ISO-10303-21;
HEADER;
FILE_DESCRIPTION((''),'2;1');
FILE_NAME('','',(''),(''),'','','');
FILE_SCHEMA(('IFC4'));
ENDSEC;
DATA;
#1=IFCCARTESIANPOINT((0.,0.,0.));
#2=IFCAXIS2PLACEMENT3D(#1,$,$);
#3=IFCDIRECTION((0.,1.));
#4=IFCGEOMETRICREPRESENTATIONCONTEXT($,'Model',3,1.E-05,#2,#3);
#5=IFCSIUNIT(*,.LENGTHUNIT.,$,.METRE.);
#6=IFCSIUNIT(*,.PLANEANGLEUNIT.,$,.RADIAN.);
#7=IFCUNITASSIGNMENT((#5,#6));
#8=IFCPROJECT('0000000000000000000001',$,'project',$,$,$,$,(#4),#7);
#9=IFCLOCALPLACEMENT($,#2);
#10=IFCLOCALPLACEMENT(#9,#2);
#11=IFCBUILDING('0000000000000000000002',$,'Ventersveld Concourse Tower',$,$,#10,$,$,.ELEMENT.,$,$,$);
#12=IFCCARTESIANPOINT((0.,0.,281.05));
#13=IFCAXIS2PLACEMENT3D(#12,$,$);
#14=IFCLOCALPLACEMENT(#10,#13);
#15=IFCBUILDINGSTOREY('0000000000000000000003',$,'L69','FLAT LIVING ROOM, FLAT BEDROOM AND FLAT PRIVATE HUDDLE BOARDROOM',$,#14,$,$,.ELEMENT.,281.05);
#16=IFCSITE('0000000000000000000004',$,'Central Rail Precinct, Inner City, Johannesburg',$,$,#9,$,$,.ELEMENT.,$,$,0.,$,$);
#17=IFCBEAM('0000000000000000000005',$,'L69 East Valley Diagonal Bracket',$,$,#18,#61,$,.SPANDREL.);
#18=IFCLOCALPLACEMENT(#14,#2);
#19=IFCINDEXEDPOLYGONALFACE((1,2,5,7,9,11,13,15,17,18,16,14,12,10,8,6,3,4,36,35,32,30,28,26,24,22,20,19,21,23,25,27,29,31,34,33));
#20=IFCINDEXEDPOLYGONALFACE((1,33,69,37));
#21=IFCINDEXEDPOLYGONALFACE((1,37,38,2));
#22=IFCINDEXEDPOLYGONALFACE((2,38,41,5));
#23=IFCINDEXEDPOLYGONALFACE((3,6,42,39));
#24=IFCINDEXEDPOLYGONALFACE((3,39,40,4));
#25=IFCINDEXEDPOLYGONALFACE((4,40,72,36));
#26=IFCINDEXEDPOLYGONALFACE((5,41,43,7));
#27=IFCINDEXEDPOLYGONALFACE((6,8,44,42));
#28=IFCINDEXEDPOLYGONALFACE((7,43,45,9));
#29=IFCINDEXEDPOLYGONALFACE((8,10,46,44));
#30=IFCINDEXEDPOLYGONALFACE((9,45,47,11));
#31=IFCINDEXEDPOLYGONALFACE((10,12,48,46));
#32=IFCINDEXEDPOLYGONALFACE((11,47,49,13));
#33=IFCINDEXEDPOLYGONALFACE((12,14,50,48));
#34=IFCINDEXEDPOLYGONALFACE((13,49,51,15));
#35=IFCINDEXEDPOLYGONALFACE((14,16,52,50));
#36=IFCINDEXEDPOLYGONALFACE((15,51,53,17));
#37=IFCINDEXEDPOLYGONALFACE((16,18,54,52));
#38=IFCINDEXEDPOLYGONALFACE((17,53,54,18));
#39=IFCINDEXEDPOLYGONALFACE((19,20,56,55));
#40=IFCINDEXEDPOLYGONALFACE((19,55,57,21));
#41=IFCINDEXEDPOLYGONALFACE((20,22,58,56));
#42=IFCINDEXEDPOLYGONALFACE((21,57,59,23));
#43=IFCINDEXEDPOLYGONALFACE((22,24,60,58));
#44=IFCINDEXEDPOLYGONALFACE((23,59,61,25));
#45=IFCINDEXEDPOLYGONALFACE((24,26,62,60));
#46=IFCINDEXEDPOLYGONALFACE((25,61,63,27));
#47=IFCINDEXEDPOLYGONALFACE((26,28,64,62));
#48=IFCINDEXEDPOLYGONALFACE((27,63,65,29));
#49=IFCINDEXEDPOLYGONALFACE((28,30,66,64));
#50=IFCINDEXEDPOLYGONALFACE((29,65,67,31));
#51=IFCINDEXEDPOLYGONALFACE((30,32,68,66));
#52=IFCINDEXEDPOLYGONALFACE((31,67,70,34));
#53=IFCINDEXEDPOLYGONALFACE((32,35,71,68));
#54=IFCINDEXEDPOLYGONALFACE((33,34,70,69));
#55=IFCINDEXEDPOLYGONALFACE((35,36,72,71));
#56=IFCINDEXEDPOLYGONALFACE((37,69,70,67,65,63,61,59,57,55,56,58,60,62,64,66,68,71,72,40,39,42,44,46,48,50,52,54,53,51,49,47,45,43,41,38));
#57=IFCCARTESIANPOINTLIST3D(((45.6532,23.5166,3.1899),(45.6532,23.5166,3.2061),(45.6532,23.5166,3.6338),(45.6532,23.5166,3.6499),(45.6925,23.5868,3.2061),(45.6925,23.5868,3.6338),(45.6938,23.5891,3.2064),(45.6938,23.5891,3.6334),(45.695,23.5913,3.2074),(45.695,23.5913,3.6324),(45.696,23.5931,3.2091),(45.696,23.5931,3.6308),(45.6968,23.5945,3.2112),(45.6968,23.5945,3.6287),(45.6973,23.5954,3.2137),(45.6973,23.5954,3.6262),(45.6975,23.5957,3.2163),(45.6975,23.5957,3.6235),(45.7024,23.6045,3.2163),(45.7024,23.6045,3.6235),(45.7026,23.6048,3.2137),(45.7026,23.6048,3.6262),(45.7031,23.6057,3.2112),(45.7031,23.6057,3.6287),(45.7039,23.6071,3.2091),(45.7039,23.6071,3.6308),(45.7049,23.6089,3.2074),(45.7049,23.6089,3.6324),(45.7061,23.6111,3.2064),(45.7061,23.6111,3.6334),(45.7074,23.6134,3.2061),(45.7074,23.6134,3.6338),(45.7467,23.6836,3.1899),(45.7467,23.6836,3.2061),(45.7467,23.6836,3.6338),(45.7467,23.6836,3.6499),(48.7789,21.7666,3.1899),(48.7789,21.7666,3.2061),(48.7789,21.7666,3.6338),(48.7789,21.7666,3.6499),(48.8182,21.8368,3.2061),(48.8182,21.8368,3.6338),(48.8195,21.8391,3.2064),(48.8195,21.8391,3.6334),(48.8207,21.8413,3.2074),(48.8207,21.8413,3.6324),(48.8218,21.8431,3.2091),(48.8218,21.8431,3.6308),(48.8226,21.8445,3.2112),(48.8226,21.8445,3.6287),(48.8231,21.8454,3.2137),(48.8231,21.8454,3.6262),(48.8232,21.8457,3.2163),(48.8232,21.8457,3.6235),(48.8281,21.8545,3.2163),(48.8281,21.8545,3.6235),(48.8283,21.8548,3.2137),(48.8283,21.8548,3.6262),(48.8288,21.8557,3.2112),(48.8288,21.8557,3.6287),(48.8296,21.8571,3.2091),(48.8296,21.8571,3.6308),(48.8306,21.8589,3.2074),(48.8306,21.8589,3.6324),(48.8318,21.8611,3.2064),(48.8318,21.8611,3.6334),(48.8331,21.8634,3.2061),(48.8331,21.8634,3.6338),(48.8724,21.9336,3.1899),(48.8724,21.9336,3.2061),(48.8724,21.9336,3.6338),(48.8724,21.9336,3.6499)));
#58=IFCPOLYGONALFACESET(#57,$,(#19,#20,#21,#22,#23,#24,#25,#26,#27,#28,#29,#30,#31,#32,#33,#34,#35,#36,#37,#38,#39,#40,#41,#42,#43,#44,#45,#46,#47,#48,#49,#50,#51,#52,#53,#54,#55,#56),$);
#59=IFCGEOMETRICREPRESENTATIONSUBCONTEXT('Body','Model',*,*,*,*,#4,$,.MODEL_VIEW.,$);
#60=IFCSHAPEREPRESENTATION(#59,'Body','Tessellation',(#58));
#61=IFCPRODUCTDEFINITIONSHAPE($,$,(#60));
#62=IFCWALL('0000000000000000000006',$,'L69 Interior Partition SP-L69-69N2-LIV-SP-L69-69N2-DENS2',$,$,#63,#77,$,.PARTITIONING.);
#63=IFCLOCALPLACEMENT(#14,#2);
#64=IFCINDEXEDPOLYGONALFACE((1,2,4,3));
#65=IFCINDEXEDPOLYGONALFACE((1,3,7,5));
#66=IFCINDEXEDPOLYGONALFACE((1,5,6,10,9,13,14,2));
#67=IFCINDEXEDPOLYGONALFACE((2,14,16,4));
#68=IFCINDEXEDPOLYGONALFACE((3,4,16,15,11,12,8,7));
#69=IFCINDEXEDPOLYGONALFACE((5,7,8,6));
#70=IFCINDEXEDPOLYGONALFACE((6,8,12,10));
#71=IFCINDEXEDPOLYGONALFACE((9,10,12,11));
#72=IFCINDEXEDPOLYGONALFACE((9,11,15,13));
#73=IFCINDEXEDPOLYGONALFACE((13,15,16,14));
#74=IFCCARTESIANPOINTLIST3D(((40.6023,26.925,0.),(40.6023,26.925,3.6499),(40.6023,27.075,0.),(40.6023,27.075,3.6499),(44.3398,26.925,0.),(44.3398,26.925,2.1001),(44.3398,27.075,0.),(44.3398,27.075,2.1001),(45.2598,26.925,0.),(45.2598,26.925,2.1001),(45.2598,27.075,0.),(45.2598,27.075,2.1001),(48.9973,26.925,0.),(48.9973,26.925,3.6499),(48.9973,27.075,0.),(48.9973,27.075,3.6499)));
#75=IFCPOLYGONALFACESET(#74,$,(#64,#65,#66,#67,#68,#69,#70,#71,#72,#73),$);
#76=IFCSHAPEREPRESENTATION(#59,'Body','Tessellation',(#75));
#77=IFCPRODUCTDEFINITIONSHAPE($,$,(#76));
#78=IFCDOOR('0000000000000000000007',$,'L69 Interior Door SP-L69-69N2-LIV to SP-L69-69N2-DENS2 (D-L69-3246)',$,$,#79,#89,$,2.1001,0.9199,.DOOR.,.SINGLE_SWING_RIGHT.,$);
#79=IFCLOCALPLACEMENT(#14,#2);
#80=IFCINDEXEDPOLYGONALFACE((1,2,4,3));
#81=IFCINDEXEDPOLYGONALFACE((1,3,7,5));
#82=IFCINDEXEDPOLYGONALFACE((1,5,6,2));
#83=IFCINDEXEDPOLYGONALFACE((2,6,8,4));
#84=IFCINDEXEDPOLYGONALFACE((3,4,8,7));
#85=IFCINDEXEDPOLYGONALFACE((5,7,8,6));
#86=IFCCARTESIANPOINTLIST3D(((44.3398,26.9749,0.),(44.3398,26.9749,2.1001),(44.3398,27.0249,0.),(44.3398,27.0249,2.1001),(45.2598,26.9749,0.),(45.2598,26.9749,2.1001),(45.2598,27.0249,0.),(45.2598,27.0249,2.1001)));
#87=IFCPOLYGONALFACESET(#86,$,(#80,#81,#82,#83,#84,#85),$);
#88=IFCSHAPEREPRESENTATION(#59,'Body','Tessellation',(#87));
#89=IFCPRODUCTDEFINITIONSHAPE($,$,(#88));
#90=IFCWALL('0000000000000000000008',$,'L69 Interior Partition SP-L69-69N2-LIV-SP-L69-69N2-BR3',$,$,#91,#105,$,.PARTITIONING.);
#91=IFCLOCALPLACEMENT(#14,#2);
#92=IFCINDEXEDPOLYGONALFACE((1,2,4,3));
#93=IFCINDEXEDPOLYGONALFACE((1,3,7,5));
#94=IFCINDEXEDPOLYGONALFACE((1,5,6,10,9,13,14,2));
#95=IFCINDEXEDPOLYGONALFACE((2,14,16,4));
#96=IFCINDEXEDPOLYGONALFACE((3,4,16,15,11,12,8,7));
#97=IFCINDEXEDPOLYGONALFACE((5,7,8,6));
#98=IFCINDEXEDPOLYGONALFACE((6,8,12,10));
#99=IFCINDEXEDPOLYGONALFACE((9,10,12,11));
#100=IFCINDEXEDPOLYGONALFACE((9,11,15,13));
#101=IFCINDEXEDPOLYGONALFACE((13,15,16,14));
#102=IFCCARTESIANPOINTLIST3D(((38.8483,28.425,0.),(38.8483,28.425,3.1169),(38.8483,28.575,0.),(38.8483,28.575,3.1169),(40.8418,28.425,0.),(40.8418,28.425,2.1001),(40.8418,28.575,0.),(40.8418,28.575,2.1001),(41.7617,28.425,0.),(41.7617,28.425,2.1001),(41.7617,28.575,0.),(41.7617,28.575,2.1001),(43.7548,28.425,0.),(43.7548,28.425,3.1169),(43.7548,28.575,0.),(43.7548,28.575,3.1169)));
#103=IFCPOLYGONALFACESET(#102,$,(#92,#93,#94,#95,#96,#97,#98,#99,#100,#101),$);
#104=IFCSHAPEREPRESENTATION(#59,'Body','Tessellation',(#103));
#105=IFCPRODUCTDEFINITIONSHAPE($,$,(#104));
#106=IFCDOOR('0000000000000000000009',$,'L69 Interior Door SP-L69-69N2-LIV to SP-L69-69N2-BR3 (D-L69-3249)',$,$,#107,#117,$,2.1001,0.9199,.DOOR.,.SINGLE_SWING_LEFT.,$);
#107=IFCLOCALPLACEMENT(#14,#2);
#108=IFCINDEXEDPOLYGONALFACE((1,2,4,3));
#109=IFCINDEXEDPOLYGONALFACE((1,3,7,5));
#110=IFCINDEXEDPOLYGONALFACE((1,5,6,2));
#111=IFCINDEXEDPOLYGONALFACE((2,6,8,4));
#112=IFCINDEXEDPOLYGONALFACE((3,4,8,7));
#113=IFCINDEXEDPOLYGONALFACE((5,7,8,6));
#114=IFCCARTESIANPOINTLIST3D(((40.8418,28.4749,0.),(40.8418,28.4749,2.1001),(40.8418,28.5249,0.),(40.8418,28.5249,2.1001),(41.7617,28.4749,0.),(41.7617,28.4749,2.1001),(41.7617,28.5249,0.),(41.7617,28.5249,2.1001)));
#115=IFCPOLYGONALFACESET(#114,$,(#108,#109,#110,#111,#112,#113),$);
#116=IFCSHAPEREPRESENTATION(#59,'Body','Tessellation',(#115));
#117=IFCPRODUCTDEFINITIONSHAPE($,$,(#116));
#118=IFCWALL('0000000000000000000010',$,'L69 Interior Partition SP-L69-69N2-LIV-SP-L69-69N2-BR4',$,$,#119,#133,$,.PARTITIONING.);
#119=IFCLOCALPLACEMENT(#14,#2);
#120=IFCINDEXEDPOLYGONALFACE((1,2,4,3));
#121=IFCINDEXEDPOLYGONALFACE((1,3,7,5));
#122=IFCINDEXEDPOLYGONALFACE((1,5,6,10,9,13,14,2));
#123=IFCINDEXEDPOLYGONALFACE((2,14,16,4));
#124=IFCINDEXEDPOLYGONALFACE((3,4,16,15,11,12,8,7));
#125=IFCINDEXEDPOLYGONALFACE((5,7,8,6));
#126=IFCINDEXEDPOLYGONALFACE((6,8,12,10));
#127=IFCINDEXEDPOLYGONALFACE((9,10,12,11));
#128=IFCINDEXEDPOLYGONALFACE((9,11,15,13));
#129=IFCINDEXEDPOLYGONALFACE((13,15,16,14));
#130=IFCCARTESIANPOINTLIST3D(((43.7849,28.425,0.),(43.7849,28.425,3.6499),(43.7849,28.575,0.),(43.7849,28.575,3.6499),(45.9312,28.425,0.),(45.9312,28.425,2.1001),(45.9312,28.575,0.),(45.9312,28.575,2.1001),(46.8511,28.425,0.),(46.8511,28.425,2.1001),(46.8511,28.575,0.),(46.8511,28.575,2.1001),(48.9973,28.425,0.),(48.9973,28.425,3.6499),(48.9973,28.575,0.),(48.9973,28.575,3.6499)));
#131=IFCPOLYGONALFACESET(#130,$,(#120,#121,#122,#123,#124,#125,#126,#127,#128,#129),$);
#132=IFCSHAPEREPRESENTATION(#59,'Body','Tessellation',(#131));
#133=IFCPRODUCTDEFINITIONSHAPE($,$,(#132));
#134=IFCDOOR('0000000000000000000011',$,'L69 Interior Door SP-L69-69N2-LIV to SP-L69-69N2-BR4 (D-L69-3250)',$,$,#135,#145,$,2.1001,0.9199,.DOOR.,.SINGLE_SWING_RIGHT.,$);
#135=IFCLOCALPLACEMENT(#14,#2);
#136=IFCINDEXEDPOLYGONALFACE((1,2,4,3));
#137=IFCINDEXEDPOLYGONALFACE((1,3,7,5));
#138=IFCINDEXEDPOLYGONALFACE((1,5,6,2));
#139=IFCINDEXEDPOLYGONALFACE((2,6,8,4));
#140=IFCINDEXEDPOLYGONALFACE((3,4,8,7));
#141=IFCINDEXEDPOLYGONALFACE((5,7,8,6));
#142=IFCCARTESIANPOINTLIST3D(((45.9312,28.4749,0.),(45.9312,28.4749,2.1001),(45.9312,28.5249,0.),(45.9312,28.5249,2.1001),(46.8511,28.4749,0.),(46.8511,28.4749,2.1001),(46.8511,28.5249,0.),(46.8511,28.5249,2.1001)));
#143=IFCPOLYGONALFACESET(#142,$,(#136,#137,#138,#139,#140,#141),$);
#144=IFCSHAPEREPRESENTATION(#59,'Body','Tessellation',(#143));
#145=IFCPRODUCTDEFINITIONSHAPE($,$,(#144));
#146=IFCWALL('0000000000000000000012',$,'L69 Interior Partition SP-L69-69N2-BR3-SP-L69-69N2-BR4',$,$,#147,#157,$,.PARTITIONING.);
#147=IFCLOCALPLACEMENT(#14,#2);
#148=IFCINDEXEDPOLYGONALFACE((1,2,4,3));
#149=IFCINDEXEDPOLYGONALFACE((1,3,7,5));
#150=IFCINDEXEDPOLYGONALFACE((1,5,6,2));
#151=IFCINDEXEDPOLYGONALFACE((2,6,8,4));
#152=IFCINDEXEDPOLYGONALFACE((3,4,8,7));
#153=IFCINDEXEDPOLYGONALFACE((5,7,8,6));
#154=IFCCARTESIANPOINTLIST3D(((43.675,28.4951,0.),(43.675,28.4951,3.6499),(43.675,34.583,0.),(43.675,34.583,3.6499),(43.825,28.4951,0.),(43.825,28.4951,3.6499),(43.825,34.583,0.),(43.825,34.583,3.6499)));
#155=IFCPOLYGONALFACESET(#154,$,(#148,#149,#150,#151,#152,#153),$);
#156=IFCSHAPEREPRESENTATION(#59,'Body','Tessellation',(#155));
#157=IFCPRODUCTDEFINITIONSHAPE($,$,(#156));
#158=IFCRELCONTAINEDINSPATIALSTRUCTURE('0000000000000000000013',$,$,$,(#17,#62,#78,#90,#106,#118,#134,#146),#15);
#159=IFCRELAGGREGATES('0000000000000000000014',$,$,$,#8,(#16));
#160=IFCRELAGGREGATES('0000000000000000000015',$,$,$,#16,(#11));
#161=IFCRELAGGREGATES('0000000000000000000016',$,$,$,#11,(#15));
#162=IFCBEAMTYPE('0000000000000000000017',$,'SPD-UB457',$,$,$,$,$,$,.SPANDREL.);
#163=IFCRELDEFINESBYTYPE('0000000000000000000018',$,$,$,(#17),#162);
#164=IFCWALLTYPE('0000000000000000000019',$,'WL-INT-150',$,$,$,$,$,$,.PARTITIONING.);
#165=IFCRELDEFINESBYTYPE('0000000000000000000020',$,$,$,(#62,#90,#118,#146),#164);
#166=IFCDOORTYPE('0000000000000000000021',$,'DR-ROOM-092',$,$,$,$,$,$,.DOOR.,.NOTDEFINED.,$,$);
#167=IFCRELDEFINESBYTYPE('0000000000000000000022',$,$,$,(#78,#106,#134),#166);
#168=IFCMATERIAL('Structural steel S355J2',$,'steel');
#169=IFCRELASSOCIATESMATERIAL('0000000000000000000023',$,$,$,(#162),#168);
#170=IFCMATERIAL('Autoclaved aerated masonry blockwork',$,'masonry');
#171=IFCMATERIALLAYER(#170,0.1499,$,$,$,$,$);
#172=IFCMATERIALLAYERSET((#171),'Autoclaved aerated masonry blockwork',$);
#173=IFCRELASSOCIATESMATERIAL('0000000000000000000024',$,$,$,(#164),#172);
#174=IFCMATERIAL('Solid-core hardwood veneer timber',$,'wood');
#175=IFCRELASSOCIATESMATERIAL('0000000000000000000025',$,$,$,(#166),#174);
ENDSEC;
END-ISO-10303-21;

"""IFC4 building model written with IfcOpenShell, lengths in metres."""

from ifc_helpers import new_model, si_unit, direction, frame, frame_2d, origin, origin_2d, place, context, subcontext, project, spatial, rectangle, i_section, extrude, material, layer, layer_set, material_profile, profile_set, type_object, element, fill, save


model = new_model("IFC4")

# Units and contexts
model_context = context("Model", 3, precision=1e-05, world=origin(), true_north=direction((0.0, 1.0)))
body_context = subcontext(model_context, "Body", "Model", "MODEL_VIEW")
ifc_project = project(units=[si_unit("LENGTHUNIT", "METRE"), si_unit("PLANEANGLEUNIT", "RADIAN")], contexts=[model_context])

# Site, building, storey
site_placement = place(None, origin())
site = spatial("IfcSite", under=ifc_project, at=site_placement, Name="Central Rail Precinct, Inner City, Johannesburg", CompositionType="ELEMENT", RefElevation=0.0)
building_placement = place(site_placement, origin())
building = spatial("IfcBuilding", under=site, at=building_placement, Name="Ventersveld Concourse Tower", CompositionType="ELEMENT")
storey_placement = place(building_placement, frame((0.0, 0.0, 281.05)))
storey = spatial("IfcBuildingStorey", under=building, at=storey_placement, Name="L69", Description="FLAT LIVING ROOM, FLAT BEDROOM AND FLAT PRIVATE HUDDLE BOARDROOM", CompositionType="ELEMENT", Elevation=281.05)

# Beam
ifc_material_1 = material(Name="Structural steel S355J2", Category="steel")
ifc_material_profile_1 = material_profile(ifc_material_1, i_section(OverallWidth=0.1914, OverallDepth=0.46, WebThickness=0.01, FlangeThickness=0.0161, FilletRadius=0.0103, at=origin_2d()), Name="UB 457x191x82")
ifc_profile_set_1 = profile_set([ifc_material_profile_1], Name="Structural steel S355J2")
beam_type_1 = type_object("IfcBeamType", Name="SPD-UB457", PredefinedType="SPANDREL", material=ifc_profile_set_1)
beam_1_placement = place(storey_placement, frame((45.7, 23.6001, 3.4199), z_axis=(0.872555, -0.488516, 0.0), x_axis=(0.488516, 0.872555, 0.0)))
element("IfcBeam", 1, at=beam_1_placement, inside=storey, type_object=beam_type_1, Name="L69 East Valley Diagonal Bracket", PredefinedType="SPANDREL", context=body_context, shape_type="SweptSolid", body=[
    extrude(i_section(OverallWidth=0.1914, OverallDepth=0.46, WebThickness=0.01, FlangeThickness=0.0161, FilletRadius=0.0103, at=origin_2d()), origin(), (0.0, 0.0, 1.0), 3.5823),
])

# Walls, openings, doors
ifc_material_2 = material(Name="Autoclaved aerated masonry blockwork", Category="masonry")
ifc_layer_1 = layer(ifc_material_2, 0.1499)
ifc_layer_set_1 = layer_set([ifc_layer_1], Name="Autoclaved aerated masonry blockwork")
wall_type_1 = type_object("IfcWallType", Name="WL-INT-150", PredefinedType="PARTITIONING", material=ifc_layer_set_1)
wall_1_placement = place(storey_placement, frame((40.6023, 27.0, 0.0), z_axis=(0.0, 0.0, 1.0), x_axis=(1.0, 0.0, 0.0)))
wall_1 = element("IfcWall", 2, at=wall_1_placement, inside=storey, type_object=wall_type_1, Name="L69 Interior Partition SP-L69-69N2-LIV-SP-L69-69N2-DENS2", PredefinedType="PARTITIONING", context=body_context, shape_type="SweptSolid", body=[
    extrude(rectangle(XDim=8.395, YDim=0.1499, at=frame_2d((4.1975, 0.0))), origin(), (0.0, 0.0, 1.0), 3.6499),
])
opening_1_placement = place(wall_1_placement, frame((3.7375, 0.0, 0.0)))
opening_1 = element("IfcOpeningElement", 3, at=opening_1_placement, cuts=wall_1, PredefinedType="OPENING", context=body_context, shape_type="SweptSolid", body=[
    extrude(rectangle(XDim=0.9199, YDim=2.1001, at=frame_2d((0.46, 1.05))), frame((0.0, 0.085, 0.0), z_axis=(0.0, -1.0, 0.0), x_axis=(1.0, 0.0, 0.0)), (0.0, 0.0, 1.0), 0.1699),
])
ifc_material_3 = material(Name="Solid-core hardwood veneer timber", Category="wood")
door_type = type_object("IfcDoorType", Name="DR-ROOM-092", OperationType="NOTDEFINED", PredefinedType="DOOR", material=ifc_material_3)
door_1_placement = place(opening_1_placement, origin())
door_1 = element("IfcDoor", 4, at=door_1_placement, inside=storey, type_object=door_type, Name="L69 Interior Door SP-L69-69N2-LIV to SP-L69-69N2-DENS2 (D-L69-3246)", OperationType="SINGLE_SWING_RIGHT", OverallHeight=2.1001, OverallWidth=0.9199, PredefinedType="DOOR", context=body_context, shape_type="SweptSolid", body=[
    extrude(rectangle(XDim=0.9199, YDim=2.1001, at=frame_2d((0.46, 1.05))), frame((0.0, 0.0249, 0.0), z_axis=(0.0, -1.0, 0.0), x_axis=(1.0, 0.0, 0.0)), (0.0, 0.0, 1.0), 0.05),
])
fill(opening_1, door_1)
wall_2_placement = place(storey_placement, frame((38.8484, 28.5, 0.0), z_axis=(0.0, 0.0, 1.0), x_axis=(1.0, 0.0, 0.0)))
wall_2 = element("IfcWall", 5, at=wall_2_placement, inside=storey, type_object=wall_type_1, Name="L69 Interior Partition SP-L69-69N2-LIV-SP-L69-69N2-BR3", PredefinedType="PARTITIONING", context=body_context, shape_type="SweptSolid", body=[
    extrude(rectangle(XDim=4.9065, YDim=0.1499, at=frame_2d((2.4531, 0.0))), origin(), (0.0, 0.0, 1.0), 3.1169),
])
opening_2_placement = place(wall_2_placement, frame((1.9934, 0.0, 0.0)))
opening_2 = element("IfcOpeningElement", 6, at=opening_2_placement, cuts=wall_2, PredefinedType="OPENING", context=body_context, shape_type="SweptSolid", body=[
    extrude(rectangle(XDim=0.9199, YDim=2.1001, at=frame_2d((0.46, 1.05))), frame((0.0, 0.085, 0.0), z_axis=(0.0, -1.0, 0.0), x_axis=(1.0, 0.0, 0.0)), (0.0, 0.0, 1.0), 0.1699),
])
door_2_placement = place(opening_2_placement, origin())
door_2 = element("IfcDoor", 7, at=door_2_placement, inside=storey, type_object=door_type, Name="L69 Interior Door SP-L69-69N2-LIV to SP-L69-69N2-BR3 (D-L69-3249)", OperationType="SINGLE_SWING_LEFT", OverallHeight=2.1001, OverallWidth=0.9199, PredefinedType="DOOR", context=body_context, shape_type="SweptSolid", body=[
    extrude(rectangle(XDim=0.9199, YDim=2.1001, at=frame_2d((0.46, 1.05))), frame((0.0, 0.0249, 0.0), z_axis=(0.0, -1.0, 0.0), x_axis=(1.0, 0.0, 0.0)), (0.0, 0.0, 1.0), 0.05),
])
fill(opening_2, door_2)
wall_3_placement = place(storey_placement, frame((43.7849, 28.5, 0.0), z_axis=(0.0, 0.0, 1.0), x_axis=(1.0, 0.0, 0.0)))
wall_3 = element("IfcWall", 8, at=wall_3_placement, inside=storey, type_object=wall_type_1, Name="L69 Interior Partition SP-L69-69N2-LIV-SP-L69-69N2-BR4", PredefinedType="PARTITIONING", context=body_context, shape_type="SweptSolid", body=[
    extrude(rectangle(XDim=5.2124, YDim=0.1499, at=frame_2d((2.6062, 0.0))), origin(), (0.0, 0.0, 1.0), 3.6499),
])
opening_3_placement = place(wall_3_placement, frame((2.1462, 0.0, 0.0)))
opening_3 = element("IfcOpeningElement", 9, at=opening_3_placement, cuts=wall_3, PredefinedType="OPENING", context=body_context, shape_type="SweptSolid", body=[
    extrude(rectangle(XDim=0.9199, YDim=2.1001, at=frame_2d((0.46, 1.05))), frame((0.0, 0.085, 0.0), z_axis=(0.0, -1.0, 0.0), x_axis=(1.0, 0.0, 0.0)), (0.0, 0.0, 1.0), 0.1699),
])
door_3_placement = place(opening_3_placement, origin())
door_3 = element("IfcDoor", 10, at=door_3_placement, inside=storey, type_object=door_type, Name="L69 Interior Door SP-L69-69N2-LIV to SP-L69-69N2-BR4 (D-L69-3250)", OperationType="SINGLE_SWING_RIGHT", OverallHeight=2.1001, OverallWidth=0.9199, PredefinedType="DOOR", context=body_context, shape_type="SweptSolid", body=[
    extrude(rectangle(XDim=0.9199, YDim=2.1001, at=frame_2d((0.46, 1.05))), frame((0.0, 0.0249, 0.0), z_axis=(0.0, -1.0, 0.0), x_axis=(1.0, 0.0, 0.0)), (0.0, 0.0, 1.0), 0.05),
])
fill(opening_3, door_3)

# Wall
wall_4_placement = place(storey_placement, frame((43.75, 28.4951, 0.0), z_axis=(0.0, 0.0, 1.0), x_axis=(0.0, 1.0, 0.0)))
element("IfcWall", 11, at=wall_4_placement, inside=storey, type_object=wall_type_1, Name="L69 Interior Partition SP-L69-69N2-BR3-SP-L69-69N2-BR4", PredefinedType="PARTITIONING", context=body_context, shape_type="SweptSolid", body=[
    extrude(rectangle(XDim=6.0879, YDim=0.1499, at=frame_2d((3.0439, 0.0))), origin(), (0.0, 0.0, 1.0), 3.6499),
])

save(model, "model.ifc")
